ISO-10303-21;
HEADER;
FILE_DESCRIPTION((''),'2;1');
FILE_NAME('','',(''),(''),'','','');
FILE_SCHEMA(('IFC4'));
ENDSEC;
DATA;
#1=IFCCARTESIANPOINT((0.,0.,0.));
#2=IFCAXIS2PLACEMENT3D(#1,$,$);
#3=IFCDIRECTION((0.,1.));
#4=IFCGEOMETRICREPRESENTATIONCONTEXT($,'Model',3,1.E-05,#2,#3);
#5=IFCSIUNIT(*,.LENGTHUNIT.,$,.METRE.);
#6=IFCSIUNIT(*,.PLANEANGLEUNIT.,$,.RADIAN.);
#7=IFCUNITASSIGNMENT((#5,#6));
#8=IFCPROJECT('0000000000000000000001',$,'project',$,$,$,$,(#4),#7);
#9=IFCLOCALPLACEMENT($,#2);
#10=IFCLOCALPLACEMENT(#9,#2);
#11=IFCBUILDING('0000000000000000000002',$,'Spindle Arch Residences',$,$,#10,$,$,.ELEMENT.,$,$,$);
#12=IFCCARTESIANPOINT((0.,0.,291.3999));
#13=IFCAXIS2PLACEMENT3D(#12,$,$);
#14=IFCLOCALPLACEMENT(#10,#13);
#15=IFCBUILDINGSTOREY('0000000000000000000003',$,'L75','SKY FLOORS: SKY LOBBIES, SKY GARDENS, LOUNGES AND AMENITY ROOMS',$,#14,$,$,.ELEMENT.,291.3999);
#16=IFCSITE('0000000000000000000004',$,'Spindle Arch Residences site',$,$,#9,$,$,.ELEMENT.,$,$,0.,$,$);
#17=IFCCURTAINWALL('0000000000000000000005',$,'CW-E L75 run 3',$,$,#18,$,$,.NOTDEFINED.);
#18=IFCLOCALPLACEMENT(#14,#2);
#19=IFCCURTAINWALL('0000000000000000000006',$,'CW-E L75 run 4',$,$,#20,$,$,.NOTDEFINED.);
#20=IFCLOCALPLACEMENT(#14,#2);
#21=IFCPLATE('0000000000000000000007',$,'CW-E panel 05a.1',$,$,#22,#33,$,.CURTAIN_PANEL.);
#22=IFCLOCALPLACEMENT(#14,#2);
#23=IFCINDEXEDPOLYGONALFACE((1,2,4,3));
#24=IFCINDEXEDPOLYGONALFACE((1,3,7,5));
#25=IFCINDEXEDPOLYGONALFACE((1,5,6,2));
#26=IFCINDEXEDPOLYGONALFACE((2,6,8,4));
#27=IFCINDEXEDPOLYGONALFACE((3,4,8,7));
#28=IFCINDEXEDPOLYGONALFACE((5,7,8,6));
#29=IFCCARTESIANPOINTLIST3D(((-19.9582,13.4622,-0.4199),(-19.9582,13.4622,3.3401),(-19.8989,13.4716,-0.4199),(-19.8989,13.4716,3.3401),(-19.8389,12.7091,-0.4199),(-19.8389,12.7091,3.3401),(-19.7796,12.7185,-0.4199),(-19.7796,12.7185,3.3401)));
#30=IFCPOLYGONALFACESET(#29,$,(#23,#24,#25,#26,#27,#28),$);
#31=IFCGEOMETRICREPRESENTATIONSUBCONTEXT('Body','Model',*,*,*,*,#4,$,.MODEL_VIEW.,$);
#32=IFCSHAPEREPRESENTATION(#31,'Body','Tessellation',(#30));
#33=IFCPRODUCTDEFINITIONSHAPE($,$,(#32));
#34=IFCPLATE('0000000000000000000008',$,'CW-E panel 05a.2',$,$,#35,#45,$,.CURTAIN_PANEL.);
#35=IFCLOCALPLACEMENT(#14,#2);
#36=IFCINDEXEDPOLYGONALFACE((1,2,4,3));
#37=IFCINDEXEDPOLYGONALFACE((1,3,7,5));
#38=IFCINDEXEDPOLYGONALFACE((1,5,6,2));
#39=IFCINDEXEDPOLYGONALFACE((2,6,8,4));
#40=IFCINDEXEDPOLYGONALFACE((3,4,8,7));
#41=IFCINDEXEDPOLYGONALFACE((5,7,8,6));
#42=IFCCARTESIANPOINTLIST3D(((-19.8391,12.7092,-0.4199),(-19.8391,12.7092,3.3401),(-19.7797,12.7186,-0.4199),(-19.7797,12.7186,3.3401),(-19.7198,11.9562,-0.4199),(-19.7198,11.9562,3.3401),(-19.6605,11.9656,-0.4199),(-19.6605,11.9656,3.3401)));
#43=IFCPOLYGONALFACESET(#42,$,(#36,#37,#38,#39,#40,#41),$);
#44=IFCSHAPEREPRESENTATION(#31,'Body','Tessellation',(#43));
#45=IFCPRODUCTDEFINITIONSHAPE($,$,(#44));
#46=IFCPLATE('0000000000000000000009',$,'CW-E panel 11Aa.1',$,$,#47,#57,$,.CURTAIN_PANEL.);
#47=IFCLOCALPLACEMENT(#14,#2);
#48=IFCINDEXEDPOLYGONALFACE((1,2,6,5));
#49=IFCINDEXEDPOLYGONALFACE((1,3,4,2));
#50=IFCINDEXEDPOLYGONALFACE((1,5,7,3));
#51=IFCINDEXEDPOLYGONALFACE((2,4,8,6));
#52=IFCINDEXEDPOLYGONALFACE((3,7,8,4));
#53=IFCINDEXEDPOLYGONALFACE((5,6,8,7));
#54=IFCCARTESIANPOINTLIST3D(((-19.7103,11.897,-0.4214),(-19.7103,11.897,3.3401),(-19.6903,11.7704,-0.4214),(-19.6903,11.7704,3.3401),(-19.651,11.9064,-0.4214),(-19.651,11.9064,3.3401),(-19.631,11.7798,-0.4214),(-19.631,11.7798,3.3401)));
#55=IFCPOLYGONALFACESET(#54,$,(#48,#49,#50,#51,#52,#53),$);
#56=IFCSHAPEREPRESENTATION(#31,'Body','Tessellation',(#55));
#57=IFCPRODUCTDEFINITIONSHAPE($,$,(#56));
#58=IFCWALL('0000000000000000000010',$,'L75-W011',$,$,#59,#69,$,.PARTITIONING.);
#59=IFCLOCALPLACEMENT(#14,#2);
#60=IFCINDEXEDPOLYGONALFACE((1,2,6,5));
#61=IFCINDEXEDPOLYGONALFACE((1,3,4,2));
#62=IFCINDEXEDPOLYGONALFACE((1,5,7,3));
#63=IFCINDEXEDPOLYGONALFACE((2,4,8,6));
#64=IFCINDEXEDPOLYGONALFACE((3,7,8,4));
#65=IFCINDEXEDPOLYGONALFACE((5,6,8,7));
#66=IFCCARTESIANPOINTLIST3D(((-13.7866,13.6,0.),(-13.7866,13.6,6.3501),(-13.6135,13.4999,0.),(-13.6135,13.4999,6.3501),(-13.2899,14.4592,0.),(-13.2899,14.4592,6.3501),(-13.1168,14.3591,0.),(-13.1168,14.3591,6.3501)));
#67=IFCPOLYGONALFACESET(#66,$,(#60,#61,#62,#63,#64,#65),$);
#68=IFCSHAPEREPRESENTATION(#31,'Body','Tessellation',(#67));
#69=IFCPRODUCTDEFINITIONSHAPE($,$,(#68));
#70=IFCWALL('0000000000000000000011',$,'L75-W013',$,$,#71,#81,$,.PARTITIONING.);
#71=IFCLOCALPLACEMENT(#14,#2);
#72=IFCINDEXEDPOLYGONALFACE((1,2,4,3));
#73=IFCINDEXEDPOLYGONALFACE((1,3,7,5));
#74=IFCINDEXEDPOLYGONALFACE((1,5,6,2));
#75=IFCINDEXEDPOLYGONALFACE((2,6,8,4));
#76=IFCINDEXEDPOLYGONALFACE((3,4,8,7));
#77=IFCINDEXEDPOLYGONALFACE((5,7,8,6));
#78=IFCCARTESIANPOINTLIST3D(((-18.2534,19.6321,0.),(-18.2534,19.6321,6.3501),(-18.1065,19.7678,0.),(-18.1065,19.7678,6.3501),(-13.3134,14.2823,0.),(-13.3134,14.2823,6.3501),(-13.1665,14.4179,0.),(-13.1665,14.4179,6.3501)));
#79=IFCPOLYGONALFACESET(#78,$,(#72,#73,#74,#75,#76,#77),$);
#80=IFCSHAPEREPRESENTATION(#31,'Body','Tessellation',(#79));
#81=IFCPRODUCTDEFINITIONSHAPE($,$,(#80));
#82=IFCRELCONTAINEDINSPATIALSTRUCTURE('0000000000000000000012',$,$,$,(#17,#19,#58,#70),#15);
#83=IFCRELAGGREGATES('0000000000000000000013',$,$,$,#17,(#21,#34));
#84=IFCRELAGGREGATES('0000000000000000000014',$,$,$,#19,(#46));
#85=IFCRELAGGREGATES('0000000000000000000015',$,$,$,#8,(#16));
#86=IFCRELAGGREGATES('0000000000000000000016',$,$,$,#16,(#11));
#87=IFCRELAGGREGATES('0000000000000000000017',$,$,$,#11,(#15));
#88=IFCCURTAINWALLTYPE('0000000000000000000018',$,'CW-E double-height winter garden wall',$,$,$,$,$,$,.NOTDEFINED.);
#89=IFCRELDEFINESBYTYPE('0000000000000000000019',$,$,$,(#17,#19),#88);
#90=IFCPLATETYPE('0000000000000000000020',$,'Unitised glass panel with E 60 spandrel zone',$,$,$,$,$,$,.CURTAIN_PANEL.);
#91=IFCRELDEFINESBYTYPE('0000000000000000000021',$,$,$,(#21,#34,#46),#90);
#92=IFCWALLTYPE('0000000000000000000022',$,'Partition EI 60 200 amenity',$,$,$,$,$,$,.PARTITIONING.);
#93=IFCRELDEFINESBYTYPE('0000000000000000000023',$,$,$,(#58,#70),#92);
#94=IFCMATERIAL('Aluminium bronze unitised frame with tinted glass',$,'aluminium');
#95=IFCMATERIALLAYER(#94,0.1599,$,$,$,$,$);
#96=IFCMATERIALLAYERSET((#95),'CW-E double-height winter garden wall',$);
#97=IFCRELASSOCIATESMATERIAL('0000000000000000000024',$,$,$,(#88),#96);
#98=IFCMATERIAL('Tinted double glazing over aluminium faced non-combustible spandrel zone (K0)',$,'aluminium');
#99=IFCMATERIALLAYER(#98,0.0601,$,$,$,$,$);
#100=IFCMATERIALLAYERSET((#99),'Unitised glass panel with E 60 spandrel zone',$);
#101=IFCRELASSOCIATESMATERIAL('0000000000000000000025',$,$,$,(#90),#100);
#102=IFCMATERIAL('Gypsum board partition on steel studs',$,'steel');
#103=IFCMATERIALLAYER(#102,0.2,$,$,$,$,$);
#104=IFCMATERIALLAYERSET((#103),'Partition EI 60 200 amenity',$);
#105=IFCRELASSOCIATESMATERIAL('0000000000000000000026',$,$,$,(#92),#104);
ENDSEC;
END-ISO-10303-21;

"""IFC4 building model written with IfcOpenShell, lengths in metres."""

from ifc_helpers import new_model, si_unit, direction, frame, frame_2d, origin, origin_2d, place, context, subcontext, project, spatial, rectangle, extrude, material, layer, layer_set, type_object, element, aggregate, save


model = new_model("IFC4")

# Units and contexts
model_context = context("Model", 3, precision=1e-05, world=origin(), true_north=direction((0.0, 1.0)))
body_context = subcontext(model_context, "Body", "Model", "MODEL_VIEW")
ifc_project = project(units=[si_unit("LENGTHUNIT", "METRE"), si_unit("PLANEANGLEUNIT", "RADIAN")], contexts=[model_context])

# Site, building, storey
site_placement = place(None, origin())
site = spatial("IfcSite", under=ifc_project, at=site_placement, Name="Spindle Arch Residences site", CompositionType="ELEMENT", RefElevation=0.0)
building_placement = place(site_placement, origin())
building = spatial("IfcBuilding", under=site, at=building_placement, Name="Spindle Arch Residences", CompositionType="ELEMENT")
storey_placement = place(building_placement, frame((0.0, 0.0, 291.3999)))
storey = spatial("IfcBuildingStorey", under=building, at=storey_placement, Name="L75", Description="SKY FLOORS: SKY LOBBIES, SKY GARDENS, LOUNGES AND AMENITY ROOMS", CompositionType="ELEMENT", Elevation=291.3999)

# Curtain walls
ifc_material_1 = material(Name="Aluminium bronze unitised frame with tinted glass", Category="aluminium")
ifc_layer_1 = layer(ifc_material_1, 0.1599)
ifc_layer_set_1 = layer_set([ifc_layer_1], Name="CW-E double-height winter garden wall")
curtain_wall_type = type_object("IfcCurtainWallType", Name="CW-E double-height winter garden wall", PredefinedType="NOTDEFINED", material=ifc_layer_set_1)
curtain_wall_1_placement = place(storey_placement, origin())
curtain_wall_1 = element("IfcCurtainWall", 1, at=curtain_wall_1_placement, inside=storey, type_object=curtain_wall_type, Name="CW-E L75 run 3", PredefinedType="NOTDEFINED")
curtain_wall_2_placement = place(storey_placement, origin())
curtain_wall_2 = element("IfcCurtainWall", 2, at=curtain_wall_2_placement, inside=storey, type_object=curtain_wall_type, Name="CW-E L75 run 4", PredefinedType="NOTDEFINED")

# Plates
ifc_material_2 = material(Name="Tinted double glazing over aluminium faced non-combustible spandrel zone (K0)", Category="aluminium")
ifc_layer_2 = layer(ifc_material_2, 0.0601)
ifc_layer_set_2 = layer_set([ifc_layer_2], Name="Unitised glass panel with E 60 spandrel zone")
plate_type_1 = type_object("IfcPlateType", Name="Unitised glass panel with E 60 spandrel zone", PredefinedType="CURTAIN_PANEL", material=ifc_layer_set_2)
plate_1_placement = place(storey_placement, frame((-19.8689, 13.0903, -0.4199), z_axis=(0.0, 0.0, 1.0), x_axis=(0.156434, -0.987688, 0.0)))
plate_1 = element("IfcPlate", 3, at=plate_1_placement, type_object=plate_type_1, Name="CW-E panel 05a.1", PredefinedType="CURTAIN_PANEL", context=body_context, shape_type="SweptSolid", body=[
    extrude(rectangle(XDim=0.7625, YDim=0.0601, at=origin_2d()), origin(), (0.0, 0.0, 1.0), 3.76),
])
plate_2_placement = place(storey_placement, frame((-19.7498, 12.3374, -0.4199), z_axis=(0.0, 0.0, 1.0), x_axis=(0.156434, -0.987688, 0.0)))
plate_2 = element("IfcPlate", 4, at=plate_2_placement, type_object=plate_type_1, Name="CW-E panel 05a.2", PredefinedType="CURTAIN_PANEL", context=body_context, shape_type="SweptSolid", body=[
    extrude(rectangle(XDim=0.7625, YDim=0.0601, at=origin_2d()), origin(), (0.0, 0.0, 1.0), 3.76),
])
aggregate(curtain_wall_1, [plate_1, plate_2])
plate_3_placement = place(storey_placement, frame((-19.6707, 11.8384, -0.4214), z_axis=(0.0, 0.0, 1.0), x_axis=(0.156434, -0.987688, 0.0)))
plate_3 = element("IfcPlate", 5, at=plate_3_placement, type_object=plate_type_1, Name="CW-E panel 11Aa.1", PredefinedType="CURTAIN_PANEL", context=body_context, shape_type="SweptSolid", body=[
    extrude(rectangle(XDim=0.1282, YDim=0.0601, at=origin_2d()), origin(), (0.0, 0.0, 1.0), 3.7615),
])
aggregate(curtain_wall_2, [plate_3])

# Walls
ifc_material_3 = material(Name="Gypsum board partition on steel studs", Category="steel")
ifc_layer_3 = layer(ifc_material_3, 0.2)
ifc_layer_set_3 = layer_set([ifc_layer_3], Name="Partition EI 60 200 amenity")
wall_type = type_object("IfcWallType", Name="Partition EI 60 200 amenity", PredefinedType="PARTITIONING", material=ifc_layer_set_3)
wall_1_placement = place(storey_placement, frame((-13.7, 13.55, 0.0), z_axis=(0.0, 0.0, 1.0), x_axis=(0.500425, 0.86578, 0.0)))
element("IfcWall", 6, at=wall_1_placement, inside=storey, type_object=wall_type, Name="L75-W011", PredefinedType="PARTITIONING", context=body_context, shape_type="SweptSolid", body=[
    extrude(rectangle(XDim=0.9924, YDim=0.2, at=frame_2d((0.4961, 0.0))), origin(), (0.0, 0.0, 1.0), 6.3501),
])
wall_2_placement = place(storey_placement, frame((-13.24, 14.3501, 0.0), z_axis=(0.0, 0.0, 1.0), x_axis=(-0.6784, 0.734693, 0.0)))
element("IfcWall", 7, at=wall_2_placement, inside=storey, type_object=wall_type, Name="L75-W013", PredefinedType="PARTITIONING", context=body_context, shape_type="SweptSolid", body=[
    extrude(rectangle(XDim=7.2817, YDim=0.2, at=frame_2d((3.6409, 0.0))), origin(), (0.0, 0.0, 1.0), 6.3501),
])

save(model, "model.ifc")
